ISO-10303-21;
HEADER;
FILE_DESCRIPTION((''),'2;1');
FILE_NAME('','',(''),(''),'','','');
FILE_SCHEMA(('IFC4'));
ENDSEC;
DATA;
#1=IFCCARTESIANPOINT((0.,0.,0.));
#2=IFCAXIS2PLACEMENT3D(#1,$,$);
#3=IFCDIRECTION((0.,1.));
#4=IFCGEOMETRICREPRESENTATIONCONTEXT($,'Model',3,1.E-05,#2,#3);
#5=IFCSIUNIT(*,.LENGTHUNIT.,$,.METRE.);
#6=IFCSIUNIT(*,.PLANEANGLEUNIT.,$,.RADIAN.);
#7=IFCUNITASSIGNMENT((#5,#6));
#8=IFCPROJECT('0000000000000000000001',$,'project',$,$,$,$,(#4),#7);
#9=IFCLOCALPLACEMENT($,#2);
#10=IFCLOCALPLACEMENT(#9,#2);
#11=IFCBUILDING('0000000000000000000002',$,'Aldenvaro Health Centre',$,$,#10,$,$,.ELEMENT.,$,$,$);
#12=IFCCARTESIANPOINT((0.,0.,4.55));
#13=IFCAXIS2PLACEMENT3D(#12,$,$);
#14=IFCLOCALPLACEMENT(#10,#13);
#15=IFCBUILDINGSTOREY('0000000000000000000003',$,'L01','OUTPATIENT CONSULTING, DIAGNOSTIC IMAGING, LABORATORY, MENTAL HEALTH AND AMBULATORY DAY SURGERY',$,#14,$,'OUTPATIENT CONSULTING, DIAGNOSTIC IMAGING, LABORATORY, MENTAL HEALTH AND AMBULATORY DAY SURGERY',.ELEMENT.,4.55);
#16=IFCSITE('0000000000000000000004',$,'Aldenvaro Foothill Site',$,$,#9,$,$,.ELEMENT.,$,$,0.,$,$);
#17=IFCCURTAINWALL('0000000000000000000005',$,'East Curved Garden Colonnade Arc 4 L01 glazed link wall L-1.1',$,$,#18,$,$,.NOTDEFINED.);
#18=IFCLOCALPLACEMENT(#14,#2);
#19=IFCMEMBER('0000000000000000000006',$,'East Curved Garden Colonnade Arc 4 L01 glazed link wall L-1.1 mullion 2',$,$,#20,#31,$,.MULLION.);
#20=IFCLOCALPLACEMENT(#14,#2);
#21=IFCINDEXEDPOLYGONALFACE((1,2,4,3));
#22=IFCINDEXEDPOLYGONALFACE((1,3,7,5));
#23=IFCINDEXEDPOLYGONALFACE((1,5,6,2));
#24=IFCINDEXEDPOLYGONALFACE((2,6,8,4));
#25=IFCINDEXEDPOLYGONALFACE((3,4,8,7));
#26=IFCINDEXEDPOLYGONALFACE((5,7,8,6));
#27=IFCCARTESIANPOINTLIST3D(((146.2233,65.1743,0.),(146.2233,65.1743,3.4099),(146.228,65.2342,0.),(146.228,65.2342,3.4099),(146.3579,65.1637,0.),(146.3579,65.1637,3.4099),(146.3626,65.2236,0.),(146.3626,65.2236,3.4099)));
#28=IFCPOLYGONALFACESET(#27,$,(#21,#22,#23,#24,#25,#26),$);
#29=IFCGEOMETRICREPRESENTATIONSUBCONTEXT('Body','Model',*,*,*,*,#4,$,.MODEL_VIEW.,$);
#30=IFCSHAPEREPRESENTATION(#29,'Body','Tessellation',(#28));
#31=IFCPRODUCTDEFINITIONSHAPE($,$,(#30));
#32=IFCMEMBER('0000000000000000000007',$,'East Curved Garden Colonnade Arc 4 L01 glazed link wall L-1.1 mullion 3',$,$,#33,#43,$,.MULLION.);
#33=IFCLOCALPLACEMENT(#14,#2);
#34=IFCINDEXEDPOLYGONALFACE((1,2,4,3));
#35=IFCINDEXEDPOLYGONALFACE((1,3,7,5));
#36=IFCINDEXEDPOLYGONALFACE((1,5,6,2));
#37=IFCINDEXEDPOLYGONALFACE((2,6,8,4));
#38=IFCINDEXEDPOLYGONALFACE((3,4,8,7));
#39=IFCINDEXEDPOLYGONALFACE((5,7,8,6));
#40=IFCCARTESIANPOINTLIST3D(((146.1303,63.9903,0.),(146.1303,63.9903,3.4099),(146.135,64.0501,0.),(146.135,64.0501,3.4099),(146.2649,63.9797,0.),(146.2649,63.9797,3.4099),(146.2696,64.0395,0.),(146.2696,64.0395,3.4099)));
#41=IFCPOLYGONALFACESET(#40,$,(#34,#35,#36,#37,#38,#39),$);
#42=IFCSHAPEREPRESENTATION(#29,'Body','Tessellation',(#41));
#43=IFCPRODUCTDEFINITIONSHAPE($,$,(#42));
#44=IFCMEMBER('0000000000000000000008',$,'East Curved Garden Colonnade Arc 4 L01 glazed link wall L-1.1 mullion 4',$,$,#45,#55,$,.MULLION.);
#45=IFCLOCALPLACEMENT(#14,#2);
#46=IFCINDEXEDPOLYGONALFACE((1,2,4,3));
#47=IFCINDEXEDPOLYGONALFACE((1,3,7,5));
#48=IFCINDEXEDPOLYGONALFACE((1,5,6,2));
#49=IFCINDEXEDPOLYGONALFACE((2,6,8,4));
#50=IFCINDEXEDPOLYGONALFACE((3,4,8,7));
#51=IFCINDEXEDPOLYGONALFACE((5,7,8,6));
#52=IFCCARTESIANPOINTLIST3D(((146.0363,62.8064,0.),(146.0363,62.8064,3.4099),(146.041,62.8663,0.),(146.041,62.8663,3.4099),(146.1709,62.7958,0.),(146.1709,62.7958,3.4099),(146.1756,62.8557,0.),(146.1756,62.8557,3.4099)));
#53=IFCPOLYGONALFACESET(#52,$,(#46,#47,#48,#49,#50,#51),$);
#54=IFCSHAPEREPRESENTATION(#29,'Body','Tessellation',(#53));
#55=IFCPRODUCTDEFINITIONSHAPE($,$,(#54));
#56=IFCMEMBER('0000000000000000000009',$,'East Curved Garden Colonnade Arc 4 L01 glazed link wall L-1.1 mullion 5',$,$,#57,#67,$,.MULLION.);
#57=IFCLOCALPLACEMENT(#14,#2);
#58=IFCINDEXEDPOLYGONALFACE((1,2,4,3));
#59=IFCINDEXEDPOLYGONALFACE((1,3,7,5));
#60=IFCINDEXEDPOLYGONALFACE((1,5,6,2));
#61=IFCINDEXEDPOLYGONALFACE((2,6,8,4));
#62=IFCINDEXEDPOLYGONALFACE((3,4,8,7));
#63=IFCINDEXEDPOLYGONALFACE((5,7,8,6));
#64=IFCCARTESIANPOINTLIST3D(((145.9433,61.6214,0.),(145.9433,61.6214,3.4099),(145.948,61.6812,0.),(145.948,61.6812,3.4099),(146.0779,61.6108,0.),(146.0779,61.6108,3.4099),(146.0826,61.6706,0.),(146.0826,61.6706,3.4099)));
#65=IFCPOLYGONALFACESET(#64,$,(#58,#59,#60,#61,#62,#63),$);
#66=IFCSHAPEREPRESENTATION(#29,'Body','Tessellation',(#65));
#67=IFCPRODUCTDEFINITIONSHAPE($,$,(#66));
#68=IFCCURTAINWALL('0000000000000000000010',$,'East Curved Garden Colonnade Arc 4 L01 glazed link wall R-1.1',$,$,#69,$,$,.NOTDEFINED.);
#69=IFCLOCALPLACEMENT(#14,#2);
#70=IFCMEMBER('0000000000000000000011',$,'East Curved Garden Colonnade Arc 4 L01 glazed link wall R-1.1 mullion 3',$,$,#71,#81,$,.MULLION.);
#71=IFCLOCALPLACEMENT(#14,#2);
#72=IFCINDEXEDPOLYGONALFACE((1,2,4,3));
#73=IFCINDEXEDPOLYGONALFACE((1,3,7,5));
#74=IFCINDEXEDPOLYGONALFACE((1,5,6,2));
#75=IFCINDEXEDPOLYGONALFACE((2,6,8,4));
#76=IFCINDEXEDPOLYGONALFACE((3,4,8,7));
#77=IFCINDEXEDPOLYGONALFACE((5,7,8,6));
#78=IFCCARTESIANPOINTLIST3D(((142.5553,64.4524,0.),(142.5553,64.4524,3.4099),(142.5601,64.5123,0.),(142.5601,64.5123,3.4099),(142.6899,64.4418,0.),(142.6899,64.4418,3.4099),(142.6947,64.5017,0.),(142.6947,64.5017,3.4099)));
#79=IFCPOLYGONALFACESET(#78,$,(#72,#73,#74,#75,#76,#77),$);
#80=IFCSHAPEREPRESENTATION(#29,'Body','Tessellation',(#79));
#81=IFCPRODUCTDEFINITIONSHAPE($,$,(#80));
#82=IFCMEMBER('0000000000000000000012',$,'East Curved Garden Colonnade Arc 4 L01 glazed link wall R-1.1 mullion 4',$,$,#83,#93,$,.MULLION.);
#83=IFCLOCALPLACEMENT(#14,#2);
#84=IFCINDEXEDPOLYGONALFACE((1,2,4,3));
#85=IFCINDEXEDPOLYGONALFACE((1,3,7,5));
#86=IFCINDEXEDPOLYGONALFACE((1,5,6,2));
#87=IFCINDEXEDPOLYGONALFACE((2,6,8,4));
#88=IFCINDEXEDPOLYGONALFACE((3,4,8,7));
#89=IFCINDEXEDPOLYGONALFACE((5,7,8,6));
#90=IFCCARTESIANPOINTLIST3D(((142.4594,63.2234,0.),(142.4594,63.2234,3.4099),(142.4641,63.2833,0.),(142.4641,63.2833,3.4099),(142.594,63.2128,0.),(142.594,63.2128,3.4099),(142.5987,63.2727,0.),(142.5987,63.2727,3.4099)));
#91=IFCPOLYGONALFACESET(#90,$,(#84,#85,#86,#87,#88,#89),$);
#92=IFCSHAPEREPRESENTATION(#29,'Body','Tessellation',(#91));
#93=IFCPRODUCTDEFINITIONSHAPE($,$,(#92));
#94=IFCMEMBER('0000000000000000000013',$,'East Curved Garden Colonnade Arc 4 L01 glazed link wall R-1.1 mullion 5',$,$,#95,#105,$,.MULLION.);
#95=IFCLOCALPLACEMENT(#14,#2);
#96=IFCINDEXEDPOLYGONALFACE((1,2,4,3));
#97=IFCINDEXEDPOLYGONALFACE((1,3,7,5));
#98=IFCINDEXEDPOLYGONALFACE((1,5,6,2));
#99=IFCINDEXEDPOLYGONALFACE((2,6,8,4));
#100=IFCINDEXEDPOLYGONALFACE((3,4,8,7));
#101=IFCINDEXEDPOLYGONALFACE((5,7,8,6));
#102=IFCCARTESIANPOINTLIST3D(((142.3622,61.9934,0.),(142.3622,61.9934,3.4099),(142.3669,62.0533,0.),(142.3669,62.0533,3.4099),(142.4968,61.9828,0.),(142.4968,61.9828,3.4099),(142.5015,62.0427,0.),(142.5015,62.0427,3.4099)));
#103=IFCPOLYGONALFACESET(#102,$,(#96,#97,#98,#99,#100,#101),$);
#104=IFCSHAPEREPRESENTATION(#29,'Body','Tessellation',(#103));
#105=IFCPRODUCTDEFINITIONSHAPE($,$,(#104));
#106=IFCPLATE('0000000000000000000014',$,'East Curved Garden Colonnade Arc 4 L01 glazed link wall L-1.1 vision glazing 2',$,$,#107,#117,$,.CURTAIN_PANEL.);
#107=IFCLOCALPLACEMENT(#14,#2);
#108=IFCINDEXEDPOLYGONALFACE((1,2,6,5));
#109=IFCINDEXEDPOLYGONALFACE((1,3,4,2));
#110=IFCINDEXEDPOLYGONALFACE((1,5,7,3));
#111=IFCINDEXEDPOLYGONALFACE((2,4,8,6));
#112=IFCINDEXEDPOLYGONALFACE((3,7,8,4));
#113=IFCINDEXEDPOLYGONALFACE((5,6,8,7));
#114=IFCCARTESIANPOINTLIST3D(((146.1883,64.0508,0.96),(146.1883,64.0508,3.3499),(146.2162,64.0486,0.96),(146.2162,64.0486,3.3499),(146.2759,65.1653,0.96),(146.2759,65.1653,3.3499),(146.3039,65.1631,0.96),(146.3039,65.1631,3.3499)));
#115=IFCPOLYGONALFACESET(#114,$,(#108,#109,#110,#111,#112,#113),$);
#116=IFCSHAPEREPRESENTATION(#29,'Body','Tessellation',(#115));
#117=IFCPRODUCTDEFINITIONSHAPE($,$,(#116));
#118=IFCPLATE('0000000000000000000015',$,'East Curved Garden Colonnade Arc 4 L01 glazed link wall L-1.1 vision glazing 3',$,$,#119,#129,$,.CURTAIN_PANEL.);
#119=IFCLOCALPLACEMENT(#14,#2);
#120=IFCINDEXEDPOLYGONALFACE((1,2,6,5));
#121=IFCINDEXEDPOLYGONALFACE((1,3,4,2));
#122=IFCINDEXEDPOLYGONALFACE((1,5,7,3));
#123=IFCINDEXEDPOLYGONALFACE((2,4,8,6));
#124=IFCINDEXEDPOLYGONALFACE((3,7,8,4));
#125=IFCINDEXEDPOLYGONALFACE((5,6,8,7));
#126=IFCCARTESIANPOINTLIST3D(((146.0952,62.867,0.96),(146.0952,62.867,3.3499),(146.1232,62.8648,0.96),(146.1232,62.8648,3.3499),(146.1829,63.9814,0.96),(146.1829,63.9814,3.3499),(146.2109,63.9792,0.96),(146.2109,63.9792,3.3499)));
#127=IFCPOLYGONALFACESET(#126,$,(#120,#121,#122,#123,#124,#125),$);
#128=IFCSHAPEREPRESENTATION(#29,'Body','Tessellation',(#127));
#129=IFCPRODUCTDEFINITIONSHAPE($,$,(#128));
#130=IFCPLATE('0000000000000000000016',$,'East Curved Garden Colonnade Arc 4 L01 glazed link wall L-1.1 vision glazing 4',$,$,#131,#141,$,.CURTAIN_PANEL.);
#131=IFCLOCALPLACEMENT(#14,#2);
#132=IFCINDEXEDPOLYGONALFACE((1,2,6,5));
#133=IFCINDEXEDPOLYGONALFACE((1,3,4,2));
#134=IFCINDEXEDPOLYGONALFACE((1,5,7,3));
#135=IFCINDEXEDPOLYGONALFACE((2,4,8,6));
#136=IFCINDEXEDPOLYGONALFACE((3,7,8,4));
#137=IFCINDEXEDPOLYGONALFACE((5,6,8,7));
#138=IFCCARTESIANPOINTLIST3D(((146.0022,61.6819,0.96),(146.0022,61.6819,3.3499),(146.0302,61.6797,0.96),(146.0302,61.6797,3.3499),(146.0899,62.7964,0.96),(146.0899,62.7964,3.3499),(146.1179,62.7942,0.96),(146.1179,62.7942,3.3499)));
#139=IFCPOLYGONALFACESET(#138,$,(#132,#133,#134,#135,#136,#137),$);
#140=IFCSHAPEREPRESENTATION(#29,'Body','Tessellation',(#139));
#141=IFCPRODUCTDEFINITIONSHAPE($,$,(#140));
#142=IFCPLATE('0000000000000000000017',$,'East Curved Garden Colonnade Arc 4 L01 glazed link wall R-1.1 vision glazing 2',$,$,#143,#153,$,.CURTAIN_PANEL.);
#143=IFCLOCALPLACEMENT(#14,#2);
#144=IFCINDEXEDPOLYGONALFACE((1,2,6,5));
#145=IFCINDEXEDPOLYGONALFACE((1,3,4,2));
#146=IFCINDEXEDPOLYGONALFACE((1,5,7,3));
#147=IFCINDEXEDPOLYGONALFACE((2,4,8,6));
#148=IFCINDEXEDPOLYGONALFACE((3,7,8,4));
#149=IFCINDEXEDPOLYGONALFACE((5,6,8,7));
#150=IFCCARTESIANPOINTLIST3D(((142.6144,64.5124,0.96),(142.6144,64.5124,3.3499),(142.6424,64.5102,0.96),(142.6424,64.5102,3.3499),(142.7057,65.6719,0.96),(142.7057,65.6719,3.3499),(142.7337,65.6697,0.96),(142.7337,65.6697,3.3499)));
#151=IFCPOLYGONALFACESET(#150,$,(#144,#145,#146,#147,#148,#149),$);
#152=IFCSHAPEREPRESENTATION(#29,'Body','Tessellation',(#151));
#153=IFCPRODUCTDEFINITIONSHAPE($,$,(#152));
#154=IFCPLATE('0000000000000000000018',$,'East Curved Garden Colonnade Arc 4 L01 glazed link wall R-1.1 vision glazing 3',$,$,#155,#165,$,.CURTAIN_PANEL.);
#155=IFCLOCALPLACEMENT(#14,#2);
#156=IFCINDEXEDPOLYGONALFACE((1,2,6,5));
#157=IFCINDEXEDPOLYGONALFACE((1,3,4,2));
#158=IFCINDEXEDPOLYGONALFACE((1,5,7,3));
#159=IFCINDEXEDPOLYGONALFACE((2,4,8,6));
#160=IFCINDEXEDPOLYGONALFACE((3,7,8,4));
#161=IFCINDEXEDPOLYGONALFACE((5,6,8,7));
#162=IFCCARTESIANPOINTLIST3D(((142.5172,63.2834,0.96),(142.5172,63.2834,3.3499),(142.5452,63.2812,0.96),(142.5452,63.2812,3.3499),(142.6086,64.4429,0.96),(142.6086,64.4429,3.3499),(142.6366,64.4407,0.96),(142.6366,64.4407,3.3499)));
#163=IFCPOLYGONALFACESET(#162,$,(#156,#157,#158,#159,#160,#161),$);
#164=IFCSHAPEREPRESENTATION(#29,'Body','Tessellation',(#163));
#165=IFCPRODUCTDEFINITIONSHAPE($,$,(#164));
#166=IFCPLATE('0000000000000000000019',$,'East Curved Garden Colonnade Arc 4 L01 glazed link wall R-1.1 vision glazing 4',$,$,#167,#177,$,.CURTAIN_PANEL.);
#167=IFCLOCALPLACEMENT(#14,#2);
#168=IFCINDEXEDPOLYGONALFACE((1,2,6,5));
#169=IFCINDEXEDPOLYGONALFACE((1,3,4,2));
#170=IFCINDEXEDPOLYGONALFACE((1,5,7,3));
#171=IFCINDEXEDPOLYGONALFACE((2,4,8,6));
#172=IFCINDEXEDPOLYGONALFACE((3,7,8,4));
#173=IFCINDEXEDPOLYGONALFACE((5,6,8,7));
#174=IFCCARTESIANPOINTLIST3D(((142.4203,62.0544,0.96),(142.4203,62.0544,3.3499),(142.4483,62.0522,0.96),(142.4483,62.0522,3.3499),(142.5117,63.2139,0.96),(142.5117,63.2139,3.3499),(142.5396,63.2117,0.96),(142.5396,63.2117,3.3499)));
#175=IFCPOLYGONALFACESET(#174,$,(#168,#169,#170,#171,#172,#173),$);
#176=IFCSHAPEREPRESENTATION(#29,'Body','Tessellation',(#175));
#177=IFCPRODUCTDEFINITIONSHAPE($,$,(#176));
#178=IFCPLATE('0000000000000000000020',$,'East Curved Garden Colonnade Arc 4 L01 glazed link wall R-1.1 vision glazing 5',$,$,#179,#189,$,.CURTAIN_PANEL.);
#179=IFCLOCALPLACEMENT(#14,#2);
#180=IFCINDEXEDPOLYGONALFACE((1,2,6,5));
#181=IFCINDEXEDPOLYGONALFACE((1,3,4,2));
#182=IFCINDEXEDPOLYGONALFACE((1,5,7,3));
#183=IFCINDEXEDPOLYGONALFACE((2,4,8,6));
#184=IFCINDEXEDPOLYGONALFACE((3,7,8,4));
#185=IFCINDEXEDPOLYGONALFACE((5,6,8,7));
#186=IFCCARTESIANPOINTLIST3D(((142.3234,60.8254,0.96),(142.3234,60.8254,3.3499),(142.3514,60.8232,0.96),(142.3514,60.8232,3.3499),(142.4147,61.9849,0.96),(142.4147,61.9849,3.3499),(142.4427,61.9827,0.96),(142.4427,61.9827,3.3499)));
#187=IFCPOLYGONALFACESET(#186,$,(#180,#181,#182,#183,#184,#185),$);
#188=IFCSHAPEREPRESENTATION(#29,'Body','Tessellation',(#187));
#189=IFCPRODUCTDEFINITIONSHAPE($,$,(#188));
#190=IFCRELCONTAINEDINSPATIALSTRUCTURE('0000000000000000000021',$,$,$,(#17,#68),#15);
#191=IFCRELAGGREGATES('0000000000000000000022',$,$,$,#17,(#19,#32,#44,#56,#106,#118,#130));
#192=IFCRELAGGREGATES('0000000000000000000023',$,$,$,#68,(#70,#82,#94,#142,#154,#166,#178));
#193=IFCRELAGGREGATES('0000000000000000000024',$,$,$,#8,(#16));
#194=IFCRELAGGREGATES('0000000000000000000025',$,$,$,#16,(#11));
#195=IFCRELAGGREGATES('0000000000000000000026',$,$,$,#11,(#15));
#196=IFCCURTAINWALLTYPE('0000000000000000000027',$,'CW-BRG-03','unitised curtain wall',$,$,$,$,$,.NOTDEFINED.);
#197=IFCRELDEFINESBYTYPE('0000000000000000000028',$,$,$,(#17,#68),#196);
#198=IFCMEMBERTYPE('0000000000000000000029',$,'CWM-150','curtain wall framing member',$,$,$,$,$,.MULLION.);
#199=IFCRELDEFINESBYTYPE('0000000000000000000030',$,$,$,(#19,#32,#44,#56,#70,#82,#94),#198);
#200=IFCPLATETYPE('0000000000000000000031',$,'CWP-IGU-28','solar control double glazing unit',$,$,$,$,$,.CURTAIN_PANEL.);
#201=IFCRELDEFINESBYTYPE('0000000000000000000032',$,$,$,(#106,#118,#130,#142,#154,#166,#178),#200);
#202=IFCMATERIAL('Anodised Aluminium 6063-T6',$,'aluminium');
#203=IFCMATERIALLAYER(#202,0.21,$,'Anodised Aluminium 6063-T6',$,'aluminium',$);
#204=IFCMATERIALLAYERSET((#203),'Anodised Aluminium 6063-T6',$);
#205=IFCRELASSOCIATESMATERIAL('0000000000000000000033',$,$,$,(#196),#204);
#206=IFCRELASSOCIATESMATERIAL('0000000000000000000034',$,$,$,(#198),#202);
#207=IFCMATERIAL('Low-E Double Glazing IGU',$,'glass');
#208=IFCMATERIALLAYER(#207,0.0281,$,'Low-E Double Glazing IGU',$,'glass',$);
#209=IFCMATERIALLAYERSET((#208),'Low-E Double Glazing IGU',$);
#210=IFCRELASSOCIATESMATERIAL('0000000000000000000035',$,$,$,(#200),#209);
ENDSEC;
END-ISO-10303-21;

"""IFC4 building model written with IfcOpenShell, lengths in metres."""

from ifc_helpers import new_model, si_unit, direction, frame, origin, origin_2d, place, context, subcontext, project, spatial, rectangle, extrude, material, layer, layer_set, material_profile, profile_set, type_object, element, aggregate, save


model = new_model("IFC4")

# Units and contexts
model_context = context("Model", 3, precision=1e-05, world=origin(), true_north=direction((0.0, 1.0)))
body_context = subcontext(model_context, "Body", "Model", "MODEL_VIEW")
ifc_project = project(units=[si_unit("LENGTHUNIT", "METRE"), si_unit("PLANEANGLEUNIT", "RADIAN")], contexts=[model_context])

# Site, building, storey
site_placement = place(None, origin())
site = spatial("IfcSite", under=ifc_project, at=site_placement, Name="Aldenvaro Foothill Site", CompositionType="ELEMENT", RefElevation=0.0)
building_placement = place(site_placement, origin())
building = spatial("IfcBuilding", under=site, at=building_placement, Name="Aldenvaro Health Centre", CompositionType="ELEMENT")
storey_placement = place(building_placement, frame((0.0, 0.0, 4.55)))
storey = spatial("IfcBuildingStorey", under=building, at=storey_placement, Name="L01", Description="OUTPATIENT CONSULTING, DIAGNOSTIC IMAGING, LABORATORY, MENTAL HEALTH AND AMBULATORY DAY SURGERY", LongName="OUTPATIENT CONSULTING, DIAGNOSTIC IMAGING, LABORATORY, MENTAL HEALTH AND AMBULATORY DAY SURGERY", CompositionType="ELEMENT", Elevation=4.55)

# Curtain walls, members
ifc_material_1 = material(Name="Anodised Aluminium 6063-T6", Category="aluminium")
ifc_layer_1 = layer(ifc_material_1, 0.21, Name="Anodised Aluminium 6063-T6", Category="aluminium")
ifc_layer_set_1 = layer_set([ifc_layer_1], Name="Anodised Aluminium 6063-T6")
curtain_wall_type = type_object("IfcCurtainWallType", Name="CW-BRG-03", Description="unitised curtain wall", PredefinedType="NOTDEFINED", material=ifc_layer_set_1)
curtain_wall_1_placement = place(storey_placement, origin())
curtain_wall_1 = element("IfcCurtainWall", 1, at=curtain_wall_1_placement, inside=storey, type_object=curtain_wall_type, Name="East Curved Garden Colonnade Arc 4 L01 glazed link wall L-1.1", PredefinedType="NOTDEFINED")
ifc_material_profile = material_profile(ifc_material_1, rectangle(XDim=0.0601, YDim=0.135, at=origin_2d()), Name="ALU 60x135", Category="aluminium")
ifc_profile_set = profile_set([ifc_material_profile], Name="Anodised Aluminium 6063-T6")
member_type = type_object("IfcMemberType", Name="CWM-150", Description="curtain wall framing member", PredefinedType="MULLION", material=ifc_profile_set)
member_1_placement = place(storey_placement, frame((146.293, 65.199, 0.0), z_axis=(0.0, 0.0, 1.0), x_axis=(-0.078435, -0.996919, 0.0)))
member_1 = element("IfcMember", 2, at=member_1_placement, type_object=member_type, Name="East Curved Garden Colonnade Arc 4 L01 glazed link wall L-1.1 mullion 2", PredefinedType="MULLION", context=body_context, shape_type="SweptSolid", body=[
    extrude(rectangle(XDim=0.0601, YDim=0.135, at=origin_2d()), origin(), (0.0, 0.0, 1.0), 3.4099),
])
member_2_placement = place(storey_placement, frame((146.2, 64.0149, 0.0), z_axis=(0.0, 0.0, 1.0), x_axis=(-0.078435, -0.996919, 0.0)))
member_2 = element("IfcMember", 3, at=member_2_placement, type_object=member_type, Name="East Curved Garden Colonnade Arc 4 L01 glazed link wall L-1.1 mullion 3", PredefinedType="MULLION", context=body_context, shape_type="SweptSolid", body=[
    extrude(rectangle(XDim=0.0601, YDim=0.135, at=origin_2d()), origin(), (0.0, 0.0, 1.0), 3.4099),
])
member_3_placement = place(storey_placement, frame((146.106, 62.8311, 0.0), z_axis=(0.0, 0.0, 1.0), x_axis=(-0.078435, -0.996919, 0.0)))
member_3 = element("IfcMember", 4, at=member_3_placement, type_object=member_type, Name="East Curved Garden Colonnade Arc 4 L01 glazed link wall L-1.1 mullion 4", PredefinedType="MULLION", context=body_context, shape_type="SweptSolid", body=[
    extrude(rectangle(XDim=0.0601, YDim=0.135, at=origin_2d()), origin(), (0.0, 0.0, 1.0), 3.4099),
])
member_4_placement = place(storey_placement, frame((146.0129, 61.646, 0.0), z_axis=(0.0, 0.0, 1.0), x_axis=(-0.078435, -0.996919, 0.0)))
member_4 = element("IfcMember", 5, at=member_4_placement, type_object=member_type, Name="East Curved Garden Colonnade Arc 4 L01 glazed link wall L-1.1 mullion 5", PredefinedType="MULLION", context=body_context, shape_type="SweptSolid", body=[
    extrude(rectangle(XDim=0.0601, YDim=0.135, at=origin_2d()), origin(), (0.0, 0.0, 1.0), 3.4099),
])
curtain_wall_2_placement = place(storey_placement, origin())
curtain_wall_2 = element("IfcCurtainWall", 6, at=curtain_wall_2_placement, inside=storey, type_object=curtain_wall_type, Name="East Curved Garden Colonnade Arc 4 L01 glazed link wall R-1.1", PredefinedType="NOTDEFINED")
member_5_placement = place(storey_placement, frame((142.625, 64.4771, 0.0), z_axis=(0.0, 0.0, 1.0), x_axis=(-0.078536, -0.996911, 0.0)))
member_5 = element("IfcMember", 7, at=member_5_placement, type_object=member_type, Name="East Curved Garden Colonnade Arc 4 L01 glazed link wall R-1.1 mullion 3", PredefinedType="MULLION", context=body_context, shape_type="SweptSolid", body=[
    extrude(rectangle(XDim=0.0601, YDim=0.135, at=origin_2d()), origin(), (0.0, 0.0, 1.0), 3.4099),
])
member_6_placement = place(storey_placement, frame((142.5291, 63.248, 0.0), z_axis=(0.0, 0.0, 1.0), x_axis=(-0.078536, -0.996911, 0.0)))
member_6 = element("IfcMember", 8, at=member_6_placement, type_object=member_type, Name="East Curved Garden Colonnade Arc 4 L01 glazed link wall R-1.1 mullion 4", PredefinedType="MULLION", context=body_context, shape_type="SweptSolid", body=[
    extrude(rectangle(XDim=0.0601, YDim=0.135, at=origin_2d()), origin(), (0.0, 0.0, 1.0), 3.4099),
])
member_7_placement = place(storey_placement, frame((142.4319, 62.0181, 0.0), z_axis=(0.0, 0.0, 1.0), x_axis=(-0.078536, -0.996911, 0.0)))
member_7 = element("IfcMember", 9, at=member_7_placement, type_object=member_type, Name="East Curved Garden Colonnade Arc 4 L01 glazed link wall R-1.1 mullion 5", PredefinedType="MULLION", context=body_context, shape_type="SweptSolid", body=[
    extrude(rectangle(XDim=0.0601, YDim=0.135, at=origin_2d()), origin(), (0.0, 0.0, 1.0), 3.4099),
])

# Plates
ifc_material_2 = material(Name="Low-E Double Glazing IGU", Category="glass")
ifc_layer_2 = layer(ifc_material_2, 0.0281, Name="Low-E Double Glazing IGU", Category="glass")
ifc_layer_set_2 = layer_set([ifc_layer_2], Name="Low-E Double Glazing IGU")
plate_type_1 = type_object("IfcPlateType", Name="CWP-IGU-28", Description="solar control double glazing unit", PredefinedType="CURTAIN_PANEL", material=ifc_layer_set_2)
plate_1_placement = place(storey_placement, frame((146.2461, 64.6069, 0.96), z_axis=(0.0, 0.0, 1.0), x_axis=(-0.078435, -0.996919, 0.0)))
plate_1 = element("IfcPlate", 10, at=plate_1_placement, type_object=plate_type_1, Name="East Curved Garden Colonnade Arc 4 L01 glazed link wall L-1.1 vision glazing 2", PredefinedType="CURTAIN_PANEL", context=body_context, shape_type="SweptSolid", body=[
    extrude(rectangle(XDim=1.1179, YDim=0.0281, at=origin_2d()), origin(), (0.0, 0.0, 1.0), 2.3899),
])
plate_2_placement = place(storey_placement, frame((146.1531, 63.4231, 0.96), z_axis=(0.0, 0.0, 1.0), x_axis=(-0.078435, -0.996919, 0.0)))
plate_2 = element("IfcPlate", 11, at=plate_2_placement, type_object=plate_type_1, Name="East Curved Garden Colonnade Arc 4 L01 glazed link wall L-1.1 vision glazing 3", PredefinedType="CURTAIN_PANEL", context=body_context, shape_type="SweptSolid", body=[
    extrude(rectangle(XDim=1.1179, YDim=0.0281, at=origin_2d()), origin(), (0.0, 0.0, 1.0), 2.3899),
])
plate_3_placement = place(storey_placement, frame((146.0601, 62.238, 0.96), z_axis=(0.0, 0.0, 1.0), x_axis=(-0.078435, -0.996919, 0.0)))
plate_3 = element("IfcPlate", 12, at=plate_3_placement, type_object=plate_type_1, Name="East Curved Garden Colonnade Arc 4 L01 glazed link wall L-1.1 vision glazing 4", PredefinedType="CURTAIN_PANEL", context=body_context, shape_type="SweptSolid", body=[
    extrude(rectangle(XDim=1.1179, YDim=0.0281, at=origin_2d()), origin(), (0.0, 0.0, 1.0), 2.3899),
])
plate_4_placement = place(storey_placement, frame((142.6741, 65.0911, 0.96), z_axis=(0.0, 0.0, 1.0), x_axis=(-0.078536, -0.996911, 0.0)))
plate_4 = element("IfcPlate", 13, at=plate_4_placement, type_object=plate_type_1, Name="East Curved Garden Colonnade Arc 4 L01 glazed link wall R-1.1 vision glazing 2", PredefinedType="CURTAIN_PANEL", context=body_context, shape_type="SweptSolid", body=[
    extrude(rectangle(XDim=1.1631, YDim=0.0281, at=origin_2d()), origin(), (0.0, 0.0, 1.0), 2.3899),
])
plate_5_placement = place(storey_placement, frame((142.5769, 63.8621, 0.96), z_axis=(0.0, 0.0, 1.0), x_axis=(-0.078536, -0.996911, 0.0)))
plate_5 = element("IfcPlate", 14, at=plate_5_placement, type_object=plate_type_1, Name="East Curved Garden Colonnade Arc 4 L01 glazed link wall R-1.1 vision glazing 3", PredefinedType="CURTAIN_PANEL", context=body_context, shape_type="SweptSolid", body=[
    extrude(rectangle(XDim=1.1631, YDim=0.0281, at=origin_2d()), origin(), (0.0, 0.0, 1.0), 2.3899),
])
plate_6_placement = place(storey_placement, frame((142.48, 62.6331, 0.96), z_axis=(0.0, 0.0, 1.0), x_axis=(-0.078536, -0.996911, 0.0)))
plate_6 = element("IfcPlate", 15, at=plate_6_placement, type_object=plate_type_1, Name="East Curved Garden Colonnade Arc 4 L01 glazed link wall R-1.1 vision glazing 4", PredefinedType="CURTAIN_PANEL", context=body_context, shape_type="SweptSolid", body=[
    extrude(rectangle(XDim=1.1631, YDim=0.0281, at=origin_2d()), origin(), (0.0, 0.0, 1.0), 2.3899),
])
plate_7_placement = place(storey_placement, frame((142.3831, 61.4041, 0.96), z_axis=(0.0, 0.0, 1.0), x_axis=(-0.078536, -0.996911, 0.0)))
plate_7 = element("IfcPlate", 16, at=plate_7_placement, type_object=plate_type_1, Name="East Curved Garden Colonnade Arc 4 L01 glazed link wall R-1.1 vision glazing 5", PredefinedType="CURTAIN_PANEL", context=body_context, shape_type="SweptSolid", body=[
    extrude(rectangle(XDim=1.1631, YDim=0.0281, at=origin_2d()), origin(), (0.0, 0.0, 1.0), 2.3899),
])
aggregate(curtain_wall_1, [member_1, member_2, member_3, member_4, plate_1, plate_2, plate_3])
aggregate(curtain_wall_2, [member_5, member_6, member_7, plate_4, plate_5, plate_6, plate_7])

save(model, "model.ifc")
